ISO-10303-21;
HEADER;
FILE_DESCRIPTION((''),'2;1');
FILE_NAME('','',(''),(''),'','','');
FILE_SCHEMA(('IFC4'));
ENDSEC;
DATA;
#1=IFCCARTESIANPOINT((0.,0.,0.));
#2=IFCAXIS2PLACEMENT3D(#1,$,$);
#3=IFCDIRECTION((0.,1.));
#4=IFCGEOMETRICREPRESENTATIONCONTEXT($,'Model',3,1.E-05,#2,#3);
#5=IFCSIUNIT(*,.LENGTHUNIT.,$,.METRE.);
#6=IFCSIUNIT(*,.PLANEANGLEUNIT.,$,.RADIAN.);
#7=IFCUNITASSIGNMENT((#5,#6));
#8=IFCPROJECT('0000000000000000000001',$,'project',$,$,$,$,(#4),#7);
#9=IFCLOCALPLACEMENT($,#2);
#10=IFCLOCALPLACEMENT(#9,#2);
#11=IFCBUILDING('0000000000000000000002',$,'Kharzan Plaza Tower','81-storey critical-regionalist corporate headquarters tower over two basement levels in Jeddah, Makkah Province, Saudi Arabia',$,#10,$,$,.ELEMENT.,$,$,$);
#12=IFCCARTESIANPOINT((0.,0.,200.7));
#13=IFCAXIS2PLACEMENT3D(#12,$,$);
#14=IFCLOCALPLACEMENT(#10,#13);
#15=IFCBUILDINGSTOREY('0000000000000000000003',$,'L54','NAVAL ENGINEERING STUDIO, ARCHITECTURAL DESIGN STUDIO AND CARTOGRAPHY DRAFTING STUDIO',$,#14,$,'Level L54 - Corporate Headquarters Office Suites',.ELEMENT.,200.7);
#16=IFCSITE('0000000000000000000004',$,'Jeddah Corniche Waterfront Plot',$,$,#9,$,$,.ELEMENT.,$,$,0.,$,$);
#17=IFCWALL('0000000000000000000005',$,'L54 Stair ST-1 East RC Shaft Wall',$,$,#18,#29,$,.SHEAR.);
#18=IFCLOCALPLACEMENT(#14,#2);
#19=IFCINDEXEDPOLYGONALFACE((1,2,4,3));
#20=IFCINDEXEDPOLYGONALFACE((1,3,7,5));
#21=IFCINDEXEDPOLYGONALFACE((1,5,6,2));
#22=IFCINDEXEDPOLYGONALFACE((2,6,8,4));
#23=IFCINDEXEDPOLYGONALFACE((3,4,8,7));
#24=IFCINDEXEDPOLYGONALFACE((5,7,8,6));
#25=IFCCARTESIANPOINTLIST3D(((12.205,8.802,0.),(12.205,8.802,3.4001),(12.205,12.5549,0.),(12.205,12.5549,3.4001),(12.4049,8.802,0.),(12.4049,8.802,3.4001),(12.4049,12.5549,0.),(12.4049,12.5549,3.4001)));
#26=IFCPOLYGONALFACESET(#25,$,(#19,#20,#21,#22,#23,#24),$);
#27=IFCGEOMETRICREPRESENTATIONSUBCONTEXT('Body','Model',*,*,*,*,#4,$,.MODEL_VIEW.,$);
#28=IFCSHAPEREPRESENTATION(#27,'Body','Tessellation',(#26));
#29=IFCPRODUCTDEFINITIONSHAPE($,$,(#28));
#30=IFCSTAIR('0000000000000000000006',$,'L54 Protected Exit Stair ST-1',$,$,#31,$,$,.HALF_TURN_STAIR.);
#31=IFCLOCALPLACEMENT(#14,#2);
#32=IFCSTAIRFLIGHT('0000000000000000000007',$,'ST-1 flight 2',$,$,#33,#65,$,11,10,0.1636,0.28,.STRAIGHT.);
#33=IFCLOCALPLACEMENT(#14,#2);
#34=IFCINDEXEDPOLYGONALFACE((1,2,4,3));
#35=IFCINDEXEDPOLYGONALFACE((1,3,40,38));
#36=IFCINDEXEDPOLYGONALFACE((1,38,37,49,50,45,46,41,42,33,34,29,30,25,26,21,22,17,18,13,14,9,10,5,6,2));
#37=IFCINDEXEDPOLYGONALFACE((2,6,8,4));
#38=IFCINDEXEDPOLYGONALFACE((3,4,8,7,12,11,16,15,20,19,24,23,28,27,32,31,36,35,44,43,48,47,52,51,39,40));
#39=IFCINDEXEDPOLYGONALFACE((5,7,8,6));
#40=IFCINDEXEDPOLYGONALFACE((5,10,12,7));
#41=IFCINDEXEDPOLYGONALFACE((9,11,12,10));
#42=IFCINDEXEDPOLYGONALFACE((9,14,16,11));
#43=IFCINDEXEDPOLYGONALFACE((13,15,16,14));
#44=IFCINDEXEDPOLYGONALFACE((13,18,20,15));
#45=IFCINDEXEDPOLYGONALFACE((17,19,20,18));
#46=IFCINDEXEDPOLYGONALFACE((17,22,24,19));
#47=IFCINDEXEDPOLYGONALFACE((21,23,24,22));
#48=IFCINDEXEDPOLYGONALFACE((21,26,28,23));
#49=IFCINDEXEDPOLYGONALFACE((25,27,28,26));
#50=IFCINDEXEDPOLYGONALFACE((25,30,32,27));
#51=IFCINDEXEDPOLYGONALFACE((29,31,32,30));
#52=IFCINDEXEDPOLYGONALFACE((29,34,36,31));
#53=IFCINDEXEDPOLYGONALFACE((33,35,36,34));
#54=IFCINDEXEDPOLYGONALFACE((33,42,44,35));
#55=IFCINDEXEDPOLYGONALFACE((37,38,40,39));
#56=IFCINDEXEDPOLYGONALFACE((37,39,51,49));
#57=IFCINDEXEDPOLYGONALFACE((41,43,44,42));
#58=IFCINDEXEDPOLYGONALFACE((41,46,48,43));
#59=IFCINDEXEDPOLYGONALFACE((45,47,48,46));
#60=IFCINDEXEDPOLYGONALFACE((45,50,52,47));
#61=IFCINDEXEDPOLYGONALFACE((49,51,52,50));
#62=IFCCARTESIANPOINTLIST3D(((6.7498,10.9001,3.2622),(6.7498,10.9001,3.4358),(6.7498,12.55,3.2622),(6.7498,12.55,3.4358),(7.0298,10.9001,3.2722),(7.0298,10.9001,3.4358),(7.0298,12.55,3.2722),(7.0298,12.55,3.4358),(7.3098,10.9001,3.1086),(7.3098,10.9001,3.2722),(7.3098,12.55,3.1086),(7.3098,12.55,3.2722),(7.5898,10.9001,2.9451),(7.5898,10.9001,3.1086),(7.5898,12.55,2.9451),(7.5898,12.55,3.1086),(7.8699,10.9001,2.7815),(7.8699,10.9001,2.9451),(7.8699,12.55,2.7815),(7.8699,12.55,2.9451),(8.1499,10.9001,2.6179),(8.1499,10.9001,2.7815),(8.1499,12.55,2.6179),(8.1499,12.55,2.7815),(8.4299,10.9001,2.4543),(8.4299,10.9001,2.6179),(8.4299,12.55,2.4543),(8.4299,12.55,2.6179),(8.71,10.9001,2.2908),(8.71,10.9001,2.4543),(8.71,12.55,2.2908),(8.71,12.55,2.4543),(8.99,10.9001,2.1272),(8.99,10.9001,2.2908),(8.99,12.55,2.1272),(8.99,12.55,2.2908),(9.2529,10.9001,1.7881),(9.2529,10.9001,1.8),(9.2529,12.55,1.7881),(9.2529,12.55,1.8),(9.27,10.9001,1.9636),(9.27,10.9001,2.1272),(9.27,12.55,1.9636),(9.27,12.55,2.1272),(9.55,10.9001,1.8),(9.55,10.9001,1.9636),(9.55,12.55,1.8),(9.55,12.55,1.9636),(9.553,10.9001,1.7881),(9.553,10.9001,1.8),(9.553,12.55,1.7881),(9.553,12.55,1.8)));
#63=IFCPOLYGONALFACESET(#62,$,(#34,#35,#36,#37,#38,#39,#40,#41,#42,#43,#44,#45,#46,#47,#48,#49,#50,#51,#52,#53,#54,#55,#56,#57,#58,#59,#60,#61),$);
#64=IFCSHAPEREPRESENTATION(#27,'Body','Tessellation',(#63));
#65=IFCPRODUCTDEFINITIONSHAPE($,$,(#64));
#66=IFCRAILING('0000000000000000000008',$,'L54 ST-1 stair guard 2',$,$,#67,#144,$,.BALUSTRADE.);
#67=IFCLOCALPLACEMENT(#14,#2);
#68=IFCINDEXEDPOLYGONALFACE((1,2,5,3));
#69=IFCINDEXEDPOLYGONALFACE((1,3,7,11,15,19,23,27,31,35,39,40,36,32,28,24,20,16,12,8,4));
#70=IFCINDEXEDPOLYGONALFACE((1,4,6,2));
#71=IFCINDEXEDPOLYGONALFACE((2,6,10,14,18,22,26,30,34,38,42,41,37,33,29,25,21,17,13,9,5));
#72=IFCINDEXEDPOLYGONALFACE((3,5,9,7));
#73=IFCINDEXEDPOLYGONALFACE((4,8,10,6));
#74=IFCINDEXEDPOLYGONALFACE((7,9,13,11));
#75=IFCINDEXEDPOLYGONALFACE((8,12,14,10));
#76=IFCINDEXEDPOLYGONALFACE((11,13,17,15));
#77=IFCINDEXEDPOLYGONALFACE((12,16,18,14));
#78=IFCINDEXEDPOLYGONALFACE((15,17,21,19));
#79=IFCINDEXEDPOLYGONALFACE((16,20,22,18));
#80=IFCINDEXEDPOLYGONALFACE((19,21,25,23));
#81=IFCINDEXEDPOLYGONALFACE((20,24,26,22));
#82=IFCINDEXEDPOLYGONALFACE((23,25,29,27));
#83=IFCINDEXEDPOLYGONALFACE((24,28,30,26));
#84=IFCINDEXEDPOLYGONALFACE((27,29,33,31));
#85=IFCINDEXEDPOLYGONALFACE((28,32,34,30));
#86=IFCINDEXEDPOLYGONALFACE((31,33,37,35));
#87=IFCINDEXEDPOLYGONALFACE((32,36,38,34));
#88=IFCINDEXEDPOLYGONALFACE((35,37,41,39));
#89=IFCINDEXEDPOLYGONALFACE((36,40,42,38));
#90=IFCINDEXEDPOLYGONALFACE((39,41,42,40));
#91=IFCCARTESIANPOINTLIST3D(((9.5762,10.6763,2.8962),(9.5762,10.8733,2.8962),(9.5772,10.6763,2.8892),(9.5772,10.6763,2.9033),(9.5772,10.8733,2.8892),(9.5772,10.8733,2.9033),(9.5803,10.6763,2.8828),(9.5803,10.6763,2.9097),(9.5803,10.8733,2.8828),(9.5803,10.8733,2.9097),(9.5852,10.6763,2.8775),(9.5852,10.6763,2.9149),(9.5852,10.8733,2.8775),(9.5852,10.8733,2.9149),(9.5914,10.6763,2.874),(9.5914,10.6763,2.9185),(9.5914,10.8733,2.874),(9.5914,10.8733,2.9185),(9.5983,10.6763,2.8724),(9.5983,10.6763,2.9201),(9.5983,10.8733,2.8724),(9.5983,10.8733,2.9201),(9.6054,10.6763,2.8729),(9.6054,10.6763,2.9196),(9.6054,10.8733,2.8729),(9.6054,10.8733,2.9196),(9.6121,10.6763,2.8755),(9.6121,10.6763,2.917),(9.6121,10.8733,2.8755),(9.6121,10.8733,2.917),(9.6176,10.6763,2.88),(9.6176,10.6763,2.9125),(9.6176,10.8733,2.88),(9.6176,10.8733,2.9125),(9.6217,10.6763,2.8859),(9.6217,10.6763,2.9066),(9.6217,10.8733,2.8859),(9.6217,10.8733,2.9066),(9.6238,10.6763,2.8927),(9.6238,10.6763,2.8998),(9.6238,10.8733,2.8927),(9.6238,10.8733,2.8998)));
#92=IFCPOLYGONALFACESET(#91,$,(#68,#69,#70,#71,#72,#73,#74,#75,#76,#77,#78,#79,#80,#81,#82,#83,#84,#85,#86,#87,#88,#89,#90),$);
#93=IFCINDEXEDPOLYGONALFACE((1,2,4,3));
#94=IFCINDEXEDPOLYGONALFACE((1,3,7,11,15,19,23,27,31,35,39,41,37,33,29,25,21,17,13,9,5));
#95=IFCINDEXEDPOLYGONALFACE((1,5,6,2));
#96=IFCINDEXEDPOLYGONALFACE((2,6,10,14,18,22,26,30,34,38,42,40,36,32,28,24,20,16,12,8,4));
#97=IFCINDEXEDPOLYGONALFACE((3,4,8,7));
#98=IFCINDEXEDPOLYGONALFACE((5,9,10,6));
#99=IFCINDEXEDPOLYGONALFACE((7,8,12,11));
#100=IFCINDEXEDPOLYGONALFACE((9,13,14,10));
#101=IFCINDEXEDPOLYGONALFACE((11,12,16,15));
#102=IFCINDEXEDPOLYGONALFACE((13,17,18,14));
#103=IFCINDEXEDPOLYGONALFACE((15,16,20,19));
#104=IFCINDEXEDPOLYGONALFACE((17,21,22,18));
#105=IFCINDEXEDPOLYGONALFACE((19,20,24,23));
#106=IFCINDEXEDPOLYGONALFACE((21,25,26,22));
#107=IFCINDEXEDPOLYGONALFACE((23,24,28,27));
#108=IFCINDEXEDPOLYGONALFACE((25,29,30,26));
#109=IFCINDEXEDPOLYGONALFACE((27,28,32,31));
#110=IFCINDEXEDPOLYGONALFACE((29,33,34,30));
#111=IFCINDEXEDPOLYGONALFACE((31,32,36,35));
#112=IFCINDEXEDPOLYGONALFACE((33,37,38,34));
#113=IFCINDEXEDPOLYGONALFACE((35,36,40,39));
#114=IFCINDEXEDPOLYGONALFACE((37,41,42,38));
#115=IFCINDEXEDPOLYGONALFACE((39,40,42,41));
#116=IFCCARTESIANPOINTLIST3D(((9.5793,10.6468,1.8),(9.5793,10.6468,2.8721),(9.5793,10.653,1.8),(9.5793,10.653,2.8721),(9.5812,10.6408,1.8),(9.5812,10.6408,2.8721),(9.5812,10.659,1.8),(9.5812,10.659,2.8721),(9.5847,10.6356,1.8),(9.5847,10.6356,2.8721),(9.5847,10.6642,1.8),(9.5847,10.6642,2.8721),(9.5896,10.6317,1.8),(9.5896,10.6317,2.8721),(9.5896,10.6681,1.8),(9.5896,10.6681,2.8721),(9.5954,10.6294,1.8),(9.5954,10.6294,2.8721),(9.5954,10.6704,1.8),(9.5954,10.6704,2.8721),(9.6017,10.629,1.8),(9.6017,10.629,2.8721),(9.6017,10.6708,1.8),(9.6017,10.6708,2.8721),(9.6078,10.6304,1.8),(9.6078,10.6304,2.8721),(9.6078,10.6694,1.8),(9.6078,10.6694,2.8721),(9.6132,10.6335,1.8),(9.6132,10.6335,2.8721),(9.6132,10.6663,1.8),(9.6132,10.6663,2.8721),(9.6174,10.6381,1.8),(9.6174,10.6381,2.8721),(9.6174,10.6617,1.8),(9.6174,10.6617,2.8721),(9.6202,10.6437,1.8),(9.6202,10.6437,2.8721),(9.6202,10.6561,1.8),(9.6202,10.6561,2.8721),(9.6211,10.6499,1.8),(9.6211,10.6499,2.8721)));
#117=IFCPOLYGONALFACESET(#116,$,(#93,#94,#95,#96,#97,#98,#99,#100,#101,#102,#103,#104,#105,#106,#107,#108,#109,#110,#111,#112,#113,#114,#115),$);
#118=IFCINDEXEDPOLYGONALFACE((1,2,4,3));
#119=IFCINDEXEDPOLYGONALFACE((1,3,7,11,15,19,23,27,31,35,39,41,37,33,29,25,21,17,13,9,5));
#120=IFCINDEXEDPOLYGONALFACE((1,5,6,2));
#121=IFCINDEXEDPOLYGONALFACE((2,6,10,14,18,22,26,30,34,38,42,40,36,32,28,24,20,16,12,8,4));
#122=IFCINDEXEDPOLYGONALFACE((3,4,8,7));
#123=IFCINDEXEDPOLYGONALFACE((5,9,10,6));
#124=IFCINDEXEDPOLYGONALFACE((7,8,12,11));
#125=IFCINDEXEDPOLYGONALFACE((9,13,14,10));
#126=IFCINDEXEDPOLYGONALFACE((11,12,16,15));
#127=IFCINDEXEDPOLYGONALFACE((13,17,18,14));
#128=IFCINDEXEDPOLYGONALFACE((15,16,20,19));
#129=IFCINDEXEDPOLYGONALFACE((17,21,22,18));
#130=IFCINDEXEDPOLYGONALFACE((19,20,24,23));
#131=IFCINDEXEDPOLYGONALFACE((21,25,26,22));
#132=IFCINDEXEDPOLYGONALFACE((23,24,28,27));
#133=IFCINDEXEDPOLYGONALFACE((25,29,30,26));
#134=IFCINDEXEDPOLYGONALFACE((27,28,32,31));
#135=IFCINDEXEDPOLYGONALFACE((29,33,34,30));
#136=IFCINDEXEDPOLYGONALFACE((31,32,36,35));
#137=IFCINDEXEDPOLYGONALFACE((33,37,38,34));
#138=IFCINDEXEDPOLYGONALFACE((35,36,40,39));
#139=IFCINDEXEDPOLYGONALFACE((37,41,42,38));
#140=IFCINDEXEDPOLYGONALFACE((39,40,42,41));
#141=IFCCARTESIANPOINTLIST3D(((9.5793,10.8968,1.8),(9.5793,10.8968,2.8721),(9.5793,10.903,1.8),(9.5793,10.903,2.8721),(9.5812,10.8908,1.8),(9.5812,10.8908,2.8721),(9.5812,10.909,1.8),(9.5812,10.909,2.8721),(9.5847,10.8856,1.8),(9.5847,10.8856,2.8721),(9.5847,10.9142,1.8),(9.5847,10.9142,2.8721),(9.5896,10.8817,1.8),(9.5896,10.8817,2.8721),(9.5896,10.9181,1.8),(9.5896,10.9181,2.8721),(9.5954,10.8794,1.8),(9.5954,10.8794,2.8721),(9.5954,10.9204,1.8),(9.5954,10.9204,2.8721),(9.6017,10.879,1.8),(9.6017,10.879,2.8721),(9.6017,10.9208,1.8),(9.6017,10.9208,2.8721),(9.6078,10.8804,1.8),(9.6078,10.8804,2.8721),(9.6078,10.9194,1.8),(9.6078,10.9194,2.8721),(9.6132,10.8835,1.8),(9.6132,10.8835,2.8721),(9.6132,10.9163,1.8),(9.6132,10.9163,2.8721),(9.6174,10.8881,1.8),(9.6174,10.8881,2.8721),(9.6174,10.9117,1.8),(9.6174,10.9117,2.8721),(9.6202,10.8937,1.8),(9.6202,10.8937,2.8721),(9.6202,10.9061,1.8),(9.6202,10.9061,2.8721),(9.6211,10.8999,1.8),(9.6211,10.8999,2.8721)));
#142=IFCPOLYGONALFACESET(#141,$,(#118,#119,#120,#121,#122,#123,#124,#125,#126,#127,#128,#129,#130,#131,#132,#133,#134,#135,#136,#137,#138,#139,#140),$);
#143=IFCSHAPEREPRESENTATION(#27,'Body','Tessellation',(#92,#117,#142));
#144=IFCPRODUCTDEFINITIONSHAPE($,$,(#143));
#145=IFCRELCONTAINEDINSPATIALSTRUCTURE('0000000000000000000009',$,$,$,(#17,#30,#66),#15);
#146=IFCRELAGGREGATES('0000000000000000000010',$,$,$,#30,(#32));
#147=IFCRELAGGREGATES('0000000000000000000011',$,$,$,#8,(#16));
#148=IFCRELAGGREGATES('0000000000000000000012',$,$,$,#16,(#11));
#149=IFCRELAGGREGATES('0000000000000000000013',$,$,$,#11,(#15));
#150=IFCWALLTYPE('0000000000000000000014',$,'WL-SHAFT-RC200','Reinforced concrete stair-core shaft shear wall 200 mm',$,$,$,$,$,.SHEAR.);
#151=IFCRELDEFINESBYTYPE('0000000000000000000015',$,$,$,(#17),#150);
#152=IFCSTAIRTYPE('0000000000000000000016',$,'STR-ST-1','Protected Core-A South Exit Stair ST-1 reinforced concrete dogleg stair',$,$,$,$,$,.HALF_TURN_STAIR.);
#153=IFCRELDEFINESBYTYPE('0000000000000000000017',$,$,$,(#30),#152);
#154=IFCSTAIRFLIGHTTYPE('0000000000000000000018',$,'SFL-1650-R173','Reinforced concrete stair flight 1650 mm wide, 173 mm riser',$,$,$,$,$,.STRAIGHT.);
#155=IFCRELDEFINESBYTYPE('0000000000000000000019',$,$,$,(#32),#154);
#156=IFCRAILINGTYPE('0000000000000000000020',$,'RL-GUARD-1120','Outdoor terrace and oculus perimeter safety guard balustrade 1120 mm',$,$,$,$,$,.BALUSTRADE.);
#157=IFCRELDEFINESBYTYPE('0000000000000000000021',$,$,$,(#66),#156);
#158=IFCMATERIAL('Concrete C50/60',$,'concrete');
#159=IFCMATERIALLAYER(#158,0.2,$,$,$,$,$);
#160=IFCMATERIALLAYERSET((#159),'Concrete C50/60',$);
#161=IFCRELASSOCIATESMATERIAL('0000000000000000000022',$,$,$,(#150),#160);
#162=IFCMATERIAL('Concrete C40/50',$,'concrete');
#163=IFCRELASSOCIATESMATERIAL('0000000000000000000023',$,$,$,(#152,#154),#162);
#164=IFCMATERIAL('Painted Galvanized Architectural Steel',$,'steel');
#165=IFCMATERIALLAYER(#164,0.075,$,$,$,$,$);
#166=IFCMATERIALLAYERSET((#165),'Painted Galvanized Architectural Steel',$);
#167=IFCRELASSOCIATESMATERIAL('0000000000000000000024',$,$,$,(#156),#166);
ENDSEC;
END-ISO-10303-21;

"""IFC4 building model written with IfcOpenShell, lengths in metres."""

from ifc_helpers import new_model, si_unit, direction, frame, frame_2d, origin, origin_2d, place, context, subcontext, project, spatial, polyline, rectangle, circle, outline, extrude, source, transform, mapped, material, layer, layer_set, type_object, element, aggregate, save


model = new_model("IFC4")

# Units and contexts
model_context = context("Model", 3, precision=1e-05, world=origin(), true_north=direction((0.0, 1.0)))
body_context = subcontext(model_context, "Body", "Model", "MODEL_VIEW")
ifc_project = project(units=[si_unit("LENGTHUNIT", "METRE"), si_unit("PLANEANGLEUNIT", "RADIAN")], contexts=[model_context])

# Site, building, storey
site_placement = place(None, origin())
site = spatial("IfcSite", under=ifc_project, at=site_placement, Name="Jeddah Corniche Waterfront Plot", CompositionType="ELEMENT", RefElevation=0.0)
building_placement = place(site_placement, origin())
building = spatial("IfcBuilding", under=site, at=building_placement, Name="Kharzan Plaza Tower", Description="81-storey critical-regionalist corporate headquarters tower over two basement levels in Jeddah, Makkah Province, Saudi Arabia", CompositionType="ELEMENT")
storey_placement = place(building_placement, frame((0.0, 0.0, 200.7)))
storey = spatial("IfcBuildingStorey", under=building, at=storey_placement, Name="L54", Description="NAVAL ENGINEERING STUDIO, ARCHITECTURAL DESIGN STUDIO AND CARTOGRAPHY DRAFTING STUDIO", LongName="Level L54 - Corporate Headquarters Office Suites", CompositionType="ELEMENT", Elevation=200.7)

# Shared definitions
ifc_material_1 = material(Name="Concrete C40/50", Category="concrete")

# Wall
ifc_material_2 = material(Name="Concrete C50/60", Category="concrete")
ifc_layer_1 = layer(ifc_material_2, 0.2)
ifc_layer_set_1 = layer_set([ifc_layer_1], Name="Concrete C50/60")
wall_type_1 = type_object("IfcWallType", Name="WL-SHAFT-RC200", Description="Reinforced concrete stair-core shaft shear wall 200 mm", PredefinedType="SHEAR", material=ifc_layer_set_1)
shared_shape_1 = source(origin(), body_context, "Body", "SweptSolid", [
    extrude(rectangle(XDim=3.7529, YDim=0.2, at=frame_2d((1.8765, 0.0))), origin(), (0.0, 0.0, 1.0), 3.4001),
])
wall_1_placement = place(storey_placement, frame((12.3049, 8.802, 0.0), z_axis=(0.0, 0.0, 1.0), x_axis=(0.0, 1.0, 0.0)))
element("IfcWall", 1, at=wall_1_placement, inside=storey, type_object=wall_type_1, Name="L54 Stair ST-1 East RC Shaft Wall", PredefinedType="SHEAR", context=body_context, shape_type="MappedRepresentation", body=[
    mapped(shared_shape_1, transform((0.0, 0.0, 0.0), x_axis=(1.0, 0.0, 0.0), y_axis=(0.0, 1.0, 0.0), z_axis=(0.0, 0.0, 1.0))),
])

# Stair, stair flight
stair_type = type_object("IfcStairType", Name="STR-ST-1", Description="Protected Core-A South Exit Stair ST-1 reinforced concrete dogleg stair", PredefinedType="HALF_TURN_STAIR", material=ifc_material_1)
stair_placement = place(storey_placement, origin())
stair = element("IfcStair", 2, at=stair_placement, inside=storey, type_object=stair_type, Name="L54 Protected Exit Stair ST-1", PredefinedType="HALF_TURN_STAIR")
stair_flight_type = type_object("IfcStairFlightType", Name="SFL-1650-R173", Description="Reinforced concrete stair flight 1650 mm wide, 173 mm riser", PredefinedType="STRAIGHT", material=ifc_material_1)
shared_shape_2 = source(origin(), body_context, "Body", "SweptSolid", [
    extrude(outline(polyline([(-0.0029, -0.012), (-0.0029, 0.0), (0.0, 0.0), (0.0, 0.1636), (0.28, 0.1636), (0.28, 0.3271), (0.5601, 0.3271), (0.5601, 0.4907), (0.8401, 0.4907), (0.8401, 0.6543), (1.1201, 0.6543), (1.1201, 0.8179), (1.4001, 0.8179), (1.4001, 0.9814), (1.6802, 0.9814), (1.6802, 1.145), (1.9602, 1.145), (1.9602, 1.3086), (2.2402, 1.3086), (2.2402, 1.4722), (2.5203, 1.4722), (2.5203, 1.6357), (2.8003, 1.6357), (2.8003, 1.7993), (2.8003, 1.4622), (0.2971, 0.0), (0.2971, -0.012), (-0.0029, -0.012)])), frame((0.0, 0.825, 0.0), z_axis=(0.0, -1.0, 0.0), x_axis=(1.0, 0.0, 0.0)), (0.0, 0.0, 1.0), 1.6499),
])
stair_flight_placement = place(storey_placement, frame((9.55, 11.7251, 1.8), z_axis=(0.0, 0.0, 1.0), x_axis=(-1.0, 0.0, 0.0)))
stair_flight = element("IfcStairFlight", 3, at=stair_flight_placement, type_object=stair_flight_type, Name="ST-1 flight 2", NumberOfRisers=11, NumberOfTreads=10, PredefinedType="STRAIGHT", RiserHeight=0.1636, TreadLength=0.28, context=body_context, shape_type="MappedRepresentation", body=[
    mapped(shared_shape_2, transform((0.0, 0.0, 0.0), x_axis=(1.0, 0.0, 0.0), y_axis=(0.0, 1.0, 0.0), z_axis=(0.0, 0.0, 1.0))),
])
aggregate(stair, [stair_flight])

# Railing
ifc_material_3 = material(Name="Painted Galvanized Architectural Steel", Category="steel")
ifc_layer_2 = layer(ifc_material_3, 0.075)
ifc_layer_set_2 = layer_set([ifc_layer_2], Name="Painted Galvanized Architectural Steel")
railing_type_1 = type_object("IfcRailingType", Name="RL-GUARD-1120", Description="Outdoor terrace and oculus perimeter safety guard balustrade 1120 mm", PredefinedType="BALUSTRADE", material=ifc_layer_set_2)
shared_shape_3 = source(origin(), body_context, "Body", "SweptSolid", [
    extrude(circle(Radius=0.0239, at=origin_2d()), frame((0.0, 0.0264, 1.0962), z_axis=(0.0, 1.0, 0.0), x_axis=(-1.0, 0.0, 0.0)), (0.0, 0.0, 1.0), 0.197),
    extrude(circle(Radius=0.021, at=origin_2d()), origin(), (0.0, 0.0, 1.0), 1.072),
    extrude(circle(Radius=0.021, at=origin_2d()), frame((0.0, 0.25, 0.0)), (0.0, 0.0, 1.0), 1.072),
])
railing_1_placement = place(storey_placement, frame((9.6001, 10.6499, 1.8)))
element("IfcRailing", 4, at=railing_1_placement, inside=storey, type_object=railing_type_1, Name="L54 ST-1 stair guard 2", PredefinedType="BALUSTRADE", context=body_context, shape_type="MappedRepresentation", body=[
    mapped(shared_shape_3, transform((0.0, 0.0, 0.0), x_axis=(1.0, 0.0, 0.0), y_axis=(0.0, 1.0, 0.0), z_axis=(0.0, 0.0, 1.0))),
])

save(model, "model.ifc")
